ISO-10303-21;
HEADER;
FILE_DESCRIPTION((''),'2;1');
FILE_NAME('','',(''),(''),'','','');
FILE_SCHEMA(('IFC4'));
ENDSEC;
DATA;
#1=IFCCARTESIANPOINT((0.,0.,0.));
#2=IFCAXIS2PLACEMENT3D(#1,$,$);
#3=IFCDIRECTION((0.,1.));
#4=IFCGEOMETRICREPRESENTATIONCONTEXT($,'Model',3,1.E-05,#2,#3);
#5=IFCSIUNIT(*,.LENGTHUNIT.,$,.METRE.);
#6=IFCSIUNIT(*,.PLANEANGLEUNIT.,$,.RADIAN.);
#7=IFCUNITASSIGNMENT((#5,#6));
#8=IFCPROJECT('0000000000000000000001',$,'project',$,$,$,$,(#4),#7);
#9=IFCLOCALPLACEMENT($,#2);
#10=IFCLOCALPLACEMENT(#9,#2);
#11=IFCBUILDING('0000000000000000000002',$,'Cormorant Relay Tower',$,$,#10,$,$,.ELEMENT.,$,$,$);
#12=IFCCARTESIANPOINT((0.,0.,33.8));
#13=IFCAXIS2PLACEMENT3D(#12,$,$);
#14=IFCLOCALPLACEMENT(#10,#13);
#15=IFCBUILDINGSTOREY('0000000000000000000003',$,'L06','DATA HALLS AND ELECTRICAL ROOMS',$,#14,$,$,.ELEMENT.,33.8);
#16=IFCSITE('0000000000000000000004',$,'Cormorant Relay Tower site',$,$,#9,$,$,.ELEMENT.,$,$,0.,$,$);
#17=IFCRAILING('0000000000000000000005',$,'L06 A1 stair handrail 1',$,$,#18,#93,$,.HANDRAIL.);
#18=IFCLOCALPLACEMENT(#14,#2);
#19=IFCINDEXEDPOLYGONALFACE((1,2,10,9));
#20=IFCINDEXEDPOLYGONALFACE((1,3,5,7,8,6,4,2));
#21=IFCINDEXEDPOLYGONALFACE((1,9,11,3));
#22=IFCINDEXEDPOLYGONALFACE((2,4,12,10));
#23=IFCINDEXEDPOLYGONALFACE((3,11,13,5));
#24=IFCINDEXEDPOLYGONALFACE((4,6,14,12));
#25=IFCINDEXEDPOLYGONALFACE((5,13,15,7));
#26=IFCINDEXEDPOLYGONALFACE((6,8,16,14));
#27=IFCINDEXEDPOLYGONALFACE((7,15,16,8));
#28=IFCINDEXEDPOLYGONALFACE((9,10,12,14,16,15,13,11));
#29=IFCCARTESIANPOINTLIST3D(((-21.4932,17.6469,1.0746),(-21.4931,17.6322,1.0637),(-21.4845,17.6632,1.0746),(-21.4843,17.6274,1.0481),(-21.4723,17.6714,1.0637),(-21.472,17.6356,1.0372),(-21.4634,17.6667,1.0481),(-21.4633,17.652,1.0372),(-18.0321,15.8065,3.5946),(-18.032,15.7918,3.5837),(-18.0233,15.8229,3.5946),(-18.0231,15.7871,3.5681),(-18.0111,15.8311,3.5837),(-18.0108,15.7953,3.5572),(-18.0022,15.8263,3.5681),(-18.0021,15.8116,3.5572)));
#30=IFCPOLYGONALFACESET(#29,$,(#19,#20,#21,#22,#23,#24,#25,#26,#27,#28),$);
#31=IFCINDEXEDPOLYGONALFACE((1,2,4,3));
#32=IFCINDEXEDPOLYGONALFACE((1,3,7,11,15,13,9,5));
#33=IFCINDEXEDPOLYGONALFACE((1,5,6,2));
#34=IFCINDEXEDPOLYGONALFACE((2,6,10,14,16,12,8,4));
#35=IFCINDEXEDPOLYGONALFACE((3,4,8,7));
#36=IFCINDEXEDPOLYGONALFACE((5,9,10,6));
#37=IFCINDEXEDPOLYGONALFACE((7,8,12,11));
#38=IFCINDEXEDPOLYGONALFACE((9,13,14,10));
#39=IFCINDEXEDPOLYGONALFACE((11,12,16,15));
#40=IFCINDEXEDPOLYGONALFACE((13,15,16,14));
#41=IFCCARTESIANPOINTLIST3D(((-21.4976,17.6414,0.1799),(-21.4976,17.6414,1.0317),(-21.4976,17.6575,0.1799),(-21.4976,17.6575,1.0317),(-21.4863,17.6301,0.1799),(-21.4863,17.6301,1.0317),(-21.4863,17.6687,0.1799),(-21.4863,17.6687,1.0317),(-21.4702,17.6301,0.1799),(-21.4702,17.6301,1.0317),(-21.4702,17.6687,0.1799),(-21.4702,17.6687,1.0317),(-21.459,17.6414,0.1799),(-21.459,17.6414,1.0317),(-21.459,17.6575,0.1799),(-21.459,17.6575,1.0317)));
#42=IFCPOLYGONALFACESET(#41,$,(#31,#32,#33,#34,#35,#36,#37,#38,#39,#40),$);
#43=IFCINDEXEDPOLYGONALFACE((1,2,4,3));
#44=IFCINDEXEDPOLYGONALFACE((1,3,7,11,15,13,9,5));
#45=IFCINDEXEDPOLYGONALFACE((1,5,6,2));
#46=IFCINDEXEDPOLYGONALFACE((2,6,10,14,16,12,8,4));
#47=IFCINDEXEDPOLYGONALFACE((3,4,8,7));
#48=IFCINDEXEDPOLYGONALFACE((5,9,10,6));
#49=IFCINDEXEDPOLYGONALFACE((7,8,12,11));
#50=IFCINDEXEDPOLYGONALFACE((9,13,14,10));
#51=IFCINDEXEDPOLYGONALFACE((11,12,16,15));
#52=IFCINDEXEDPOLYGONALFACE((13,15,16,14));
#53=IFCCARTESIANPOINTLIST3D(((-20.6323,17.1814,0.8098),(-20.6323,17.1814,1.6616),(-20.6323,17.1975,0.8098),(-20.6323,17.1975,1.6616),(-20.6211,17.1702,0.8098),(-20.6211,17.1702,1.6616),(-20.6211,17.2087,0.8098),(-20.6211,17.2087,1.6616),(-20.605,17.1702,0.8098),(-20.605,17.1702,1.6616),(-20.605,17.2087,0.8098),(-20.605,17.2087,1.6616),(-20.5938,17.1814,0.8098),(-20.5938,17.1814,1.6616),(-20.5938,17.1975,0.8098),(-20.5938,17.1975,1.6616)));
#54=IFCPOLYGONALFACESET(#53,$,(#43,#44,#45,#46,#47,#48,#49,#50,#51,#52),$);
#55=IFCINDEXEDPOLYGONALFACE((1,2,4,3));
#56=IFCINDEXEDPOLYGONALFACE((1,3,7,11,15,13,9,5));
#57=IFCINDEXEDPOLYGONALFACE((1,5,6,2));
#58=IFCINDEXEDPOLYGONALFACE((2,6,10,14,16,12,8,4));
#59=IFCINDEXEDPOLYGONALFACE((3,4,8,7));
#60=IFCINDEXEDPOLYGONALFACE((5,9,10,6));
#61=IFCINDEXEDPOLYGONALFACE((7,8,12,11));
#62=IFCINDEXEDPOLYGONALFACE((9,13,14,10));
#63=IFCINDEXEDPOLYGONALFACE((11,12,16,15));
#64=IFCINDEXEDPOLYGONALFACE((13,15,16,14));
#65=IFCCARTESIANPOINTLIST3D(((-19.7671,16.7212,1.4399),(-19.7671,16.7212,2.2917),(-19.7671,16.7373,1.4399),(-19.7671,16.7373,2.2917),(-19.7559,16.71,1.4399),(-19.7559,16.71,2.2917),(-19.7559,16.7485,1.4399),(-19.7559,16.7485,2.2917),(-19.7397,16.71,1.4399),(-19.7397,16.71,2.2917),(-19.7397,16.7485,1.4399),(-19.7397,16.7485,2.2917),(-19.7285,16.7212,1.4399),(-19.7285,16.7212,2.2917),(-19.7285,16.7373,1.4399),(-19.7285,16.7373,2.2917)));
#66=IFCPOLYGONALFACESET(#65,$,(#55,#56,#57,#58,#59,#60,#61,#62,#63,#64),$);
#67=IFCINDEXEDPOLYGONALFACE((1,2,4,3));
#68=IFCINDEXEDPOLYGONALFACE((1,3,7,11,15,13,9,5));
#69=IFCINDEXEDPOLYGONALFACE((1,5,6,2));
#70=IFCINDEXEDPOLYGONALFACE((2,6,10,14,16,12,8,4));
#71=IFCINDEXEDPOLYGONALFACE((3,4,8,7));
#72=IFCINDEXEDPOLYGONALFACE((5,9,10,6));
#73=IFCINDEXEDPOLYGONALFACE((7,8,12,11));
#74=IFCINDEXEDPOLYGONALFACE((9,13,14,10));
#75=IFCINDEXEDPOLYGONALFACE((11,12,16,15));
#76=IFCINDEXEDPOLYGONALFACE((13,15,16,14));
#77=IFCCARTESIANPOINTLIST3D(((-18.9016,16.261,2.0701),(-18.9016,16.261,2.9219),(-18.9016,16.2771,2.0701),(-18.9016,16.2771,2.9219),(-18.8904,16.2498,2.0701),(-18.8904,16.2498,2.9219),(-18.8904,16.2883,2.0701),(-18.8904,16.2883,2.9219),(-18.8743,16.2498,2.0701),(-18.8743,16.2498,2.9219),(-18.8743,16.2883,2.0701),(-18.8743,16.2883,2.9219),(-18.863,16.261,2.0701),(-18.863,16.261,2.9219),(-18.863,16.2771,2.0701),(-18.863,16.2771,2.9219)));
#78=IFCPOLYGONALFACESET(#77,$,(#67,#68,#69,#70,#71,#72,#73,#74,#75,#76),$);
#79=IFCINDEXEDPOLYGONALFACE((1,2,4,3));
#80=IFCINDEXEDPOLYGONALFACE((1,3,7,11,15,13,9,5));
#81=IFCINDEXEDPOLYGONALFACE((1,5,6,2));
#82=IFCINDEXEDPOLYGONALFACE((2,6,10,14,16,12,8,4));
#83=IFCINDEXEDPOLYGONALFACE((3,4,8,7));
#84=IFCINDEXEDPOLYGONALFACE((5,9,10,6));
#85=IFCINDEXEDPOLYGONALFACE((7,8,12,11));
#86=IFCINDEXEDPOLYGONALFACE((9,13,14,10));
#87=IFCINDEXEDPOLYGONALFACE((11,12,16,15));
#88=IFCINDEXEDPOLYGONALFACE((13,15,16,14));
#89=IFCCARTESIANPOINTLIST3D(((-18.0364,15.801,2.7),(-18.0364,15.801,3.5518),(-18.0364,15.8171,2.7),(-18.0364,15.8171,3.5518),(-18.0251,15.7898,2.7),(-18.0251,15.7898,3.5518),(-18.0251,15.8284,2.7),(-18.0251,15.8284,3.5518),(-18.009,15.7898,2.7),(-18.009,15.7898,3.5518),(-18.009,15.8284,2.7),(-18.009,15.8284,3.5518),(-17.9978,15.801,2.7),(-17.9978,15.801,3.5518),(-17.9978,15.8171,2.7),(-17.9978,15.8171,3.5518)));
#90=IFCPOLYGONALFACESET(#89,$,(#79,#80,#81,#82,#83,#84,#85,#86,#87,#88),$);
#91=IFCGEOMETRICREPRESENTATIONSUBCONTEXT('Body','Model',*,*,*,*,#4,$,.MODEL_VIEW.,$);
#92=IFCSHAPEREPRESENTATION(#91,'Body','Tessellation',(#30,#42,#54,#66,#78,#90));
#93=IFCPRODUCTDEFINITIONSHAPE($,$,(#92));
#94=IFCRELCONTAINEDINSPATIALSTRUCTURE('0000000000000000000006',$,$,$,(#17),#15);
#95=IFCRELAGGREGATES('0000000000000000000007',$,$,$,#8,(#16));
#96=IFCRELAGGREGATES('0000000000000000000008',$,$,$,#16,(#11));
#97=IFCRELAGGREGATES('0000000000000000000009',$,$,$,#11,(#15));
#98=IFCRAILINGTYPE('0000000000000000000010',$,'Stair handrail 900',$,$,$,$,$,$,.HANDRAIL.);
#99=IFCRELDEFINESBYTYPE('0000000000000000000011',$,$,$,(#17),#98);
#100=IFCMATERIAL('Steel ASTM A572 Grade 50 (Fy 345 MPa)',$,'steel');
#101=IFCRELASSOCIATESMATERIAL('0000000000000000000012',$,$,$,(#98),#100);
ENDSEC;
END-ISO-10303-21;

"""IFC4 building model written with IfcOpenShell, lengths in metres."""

from ifc_helpers import new_model, si_unit, direction, frame, origin, place, context, subcontext, project, spatial, polyline, outline, extrude, material, type_object, element, save


model = new_model("IFC4")

# Units and contexts
model_context = context("Model", 3, precision=1e-05, world=origin(), true_north=direction((0.0, 1.0)))
body_context = subcontext(model_context, "Body", "Model", "MODEL_VIEW")
ifc_project = project(units=[si_unit("LENGTHUNIT", "METRE"), si_unit("PLANEANGLEUNIT", "RADIAN")], contexts=[model_context])

# Site, building, storey
site_placement = place(None, origin())
site = spatial("IfcSite", under=ifc_project, at=site_placement, Name="Cormorant Relay Tower site", CompositionType="ELEMENT", RefElevation=0.0)
building_placement = place(site_placement, origin())
building = spatial("IfcBuilding", under=site, at=building_placement, Name="Cormorant Relay Tower", CompositionType="ELEMENT")
storey_placement = place(building_placement, frame((0.0, 0.0, 33.8)))
storey = spatial("IfcBuildingStorey", under=building, at=storey_placement, Name="L06", Description="DATA HALLS AND ELECTRICAL ROOMS", CompositionType="ELEMENT", Elevation=33.8)

# Railing
ifc_material_1 = material(Name="Steel ASTM A572 Grade 50 (Fy 345 MPa)", Category="steel")
railing_type_1 = type_object("IfcRailingType", Name="Stair handrail 900", PredefinedType="HANDRAIL", material=ifc_material_1)
railing_1_placement = place(storey_placement, frame((-21.4783, 17.6494, 0.1799)))
element("IfcRailing", 1, at=railing_1_placement, inside=storey, type_object=railing_type_1, Name="L06 A1 stair handrail 1", PredefinedType="HANDRAIL", context=body_context, shape_type="SweptSolid", body=[
    extrude(outline(polyline([(0.0222, 0.0093), (0.0093, 0.0222), (-0.0093, 0.0222), (-0.0222, 0.0093), (-0.0222, -0.0093), (-0.0093, -0.0222), (0.0093, -0.0222), (0.0222, -0.0093), (0.0222, 0.0093)])), frame((0.0, 0.0, 0.876), z_axis=(0.742717, -0.394907, 0.540758), x_axis=(0.469469, 0.882949, 0.0)), (0.0, 0.0, 1.0), 4.6602),
    extrude(outline(polyline([(0.0193, 0.0081), (0.0081, 0.0193), (-0.0081, 0.0193), (-0.0193, 0.0081), (-0.0193, -0.0081), (-0.0081, -0.0193), (0.0081, -0.0193), (0.0193, -0.0081), (0.0193, 0.0081)])), origin(), (0.0, 0.0, 1.0), 0.8518),
    extrude(outline(polyline([(0.0193, 0.0081), (0.0081, 0.0193), (-0.0081, 0.0193), (-0.0193, 0.0081), (-0.0193, -0.0081), (-0.0081, -0.0193), (0.0081, -0.0193), (0.0193, -0.0081), (0.0193, 0.0081)])), frame((0.8652, -0.46, 0.6299)), (0.0, 0.0, 1.0), 0.8518),
    extrude(outline(polyline([(0.0193, 0.0081), (0.0081, 0.0193), (-0.0081, 0.0193), (-0.0193, 0.0081), (-0.0193, -0.0081), (-0.0081, -0.0193), (0.0081, -0.0193), (0.0193, -0.0081), (0.0193, 0.0081)])), frame((1.7305, -0.9202, 1.26)), (0.0, 0.0, 1.0), 0.8518),
    extrude(outline(polyline([(0.0193, 0.0081), (0.0081, 0.0193), (-0.0081, 0.0193), (-0.0193, 0.0081), (-0.0193, -0.0081), (-0.0081, -0.0193), (0.0081, -0.0193), (0.0193, -0.0081), (0.0193, 0.0081)])), frame((2.5959, -1.3804, 1.8901)), (0.0, 0.0, 1.0), 0.8518),
    extrude(outline(polyline([(0.0193, 0.0081), (0.0081, 0.0193), (-0.0081, 0.0193), (-0.0193, 0.0081), (-0.0193, -0.0081), (-0.0081, -0.0193), (0.0081, -0.0193), (0.0193, -0.0081), (0.0193, 0.0081)])), frame((3.4612, -1.8403, 2.52)), (0.0, 0.0, 1.0), 0.8518),
])

save(model, "model.ifc")
